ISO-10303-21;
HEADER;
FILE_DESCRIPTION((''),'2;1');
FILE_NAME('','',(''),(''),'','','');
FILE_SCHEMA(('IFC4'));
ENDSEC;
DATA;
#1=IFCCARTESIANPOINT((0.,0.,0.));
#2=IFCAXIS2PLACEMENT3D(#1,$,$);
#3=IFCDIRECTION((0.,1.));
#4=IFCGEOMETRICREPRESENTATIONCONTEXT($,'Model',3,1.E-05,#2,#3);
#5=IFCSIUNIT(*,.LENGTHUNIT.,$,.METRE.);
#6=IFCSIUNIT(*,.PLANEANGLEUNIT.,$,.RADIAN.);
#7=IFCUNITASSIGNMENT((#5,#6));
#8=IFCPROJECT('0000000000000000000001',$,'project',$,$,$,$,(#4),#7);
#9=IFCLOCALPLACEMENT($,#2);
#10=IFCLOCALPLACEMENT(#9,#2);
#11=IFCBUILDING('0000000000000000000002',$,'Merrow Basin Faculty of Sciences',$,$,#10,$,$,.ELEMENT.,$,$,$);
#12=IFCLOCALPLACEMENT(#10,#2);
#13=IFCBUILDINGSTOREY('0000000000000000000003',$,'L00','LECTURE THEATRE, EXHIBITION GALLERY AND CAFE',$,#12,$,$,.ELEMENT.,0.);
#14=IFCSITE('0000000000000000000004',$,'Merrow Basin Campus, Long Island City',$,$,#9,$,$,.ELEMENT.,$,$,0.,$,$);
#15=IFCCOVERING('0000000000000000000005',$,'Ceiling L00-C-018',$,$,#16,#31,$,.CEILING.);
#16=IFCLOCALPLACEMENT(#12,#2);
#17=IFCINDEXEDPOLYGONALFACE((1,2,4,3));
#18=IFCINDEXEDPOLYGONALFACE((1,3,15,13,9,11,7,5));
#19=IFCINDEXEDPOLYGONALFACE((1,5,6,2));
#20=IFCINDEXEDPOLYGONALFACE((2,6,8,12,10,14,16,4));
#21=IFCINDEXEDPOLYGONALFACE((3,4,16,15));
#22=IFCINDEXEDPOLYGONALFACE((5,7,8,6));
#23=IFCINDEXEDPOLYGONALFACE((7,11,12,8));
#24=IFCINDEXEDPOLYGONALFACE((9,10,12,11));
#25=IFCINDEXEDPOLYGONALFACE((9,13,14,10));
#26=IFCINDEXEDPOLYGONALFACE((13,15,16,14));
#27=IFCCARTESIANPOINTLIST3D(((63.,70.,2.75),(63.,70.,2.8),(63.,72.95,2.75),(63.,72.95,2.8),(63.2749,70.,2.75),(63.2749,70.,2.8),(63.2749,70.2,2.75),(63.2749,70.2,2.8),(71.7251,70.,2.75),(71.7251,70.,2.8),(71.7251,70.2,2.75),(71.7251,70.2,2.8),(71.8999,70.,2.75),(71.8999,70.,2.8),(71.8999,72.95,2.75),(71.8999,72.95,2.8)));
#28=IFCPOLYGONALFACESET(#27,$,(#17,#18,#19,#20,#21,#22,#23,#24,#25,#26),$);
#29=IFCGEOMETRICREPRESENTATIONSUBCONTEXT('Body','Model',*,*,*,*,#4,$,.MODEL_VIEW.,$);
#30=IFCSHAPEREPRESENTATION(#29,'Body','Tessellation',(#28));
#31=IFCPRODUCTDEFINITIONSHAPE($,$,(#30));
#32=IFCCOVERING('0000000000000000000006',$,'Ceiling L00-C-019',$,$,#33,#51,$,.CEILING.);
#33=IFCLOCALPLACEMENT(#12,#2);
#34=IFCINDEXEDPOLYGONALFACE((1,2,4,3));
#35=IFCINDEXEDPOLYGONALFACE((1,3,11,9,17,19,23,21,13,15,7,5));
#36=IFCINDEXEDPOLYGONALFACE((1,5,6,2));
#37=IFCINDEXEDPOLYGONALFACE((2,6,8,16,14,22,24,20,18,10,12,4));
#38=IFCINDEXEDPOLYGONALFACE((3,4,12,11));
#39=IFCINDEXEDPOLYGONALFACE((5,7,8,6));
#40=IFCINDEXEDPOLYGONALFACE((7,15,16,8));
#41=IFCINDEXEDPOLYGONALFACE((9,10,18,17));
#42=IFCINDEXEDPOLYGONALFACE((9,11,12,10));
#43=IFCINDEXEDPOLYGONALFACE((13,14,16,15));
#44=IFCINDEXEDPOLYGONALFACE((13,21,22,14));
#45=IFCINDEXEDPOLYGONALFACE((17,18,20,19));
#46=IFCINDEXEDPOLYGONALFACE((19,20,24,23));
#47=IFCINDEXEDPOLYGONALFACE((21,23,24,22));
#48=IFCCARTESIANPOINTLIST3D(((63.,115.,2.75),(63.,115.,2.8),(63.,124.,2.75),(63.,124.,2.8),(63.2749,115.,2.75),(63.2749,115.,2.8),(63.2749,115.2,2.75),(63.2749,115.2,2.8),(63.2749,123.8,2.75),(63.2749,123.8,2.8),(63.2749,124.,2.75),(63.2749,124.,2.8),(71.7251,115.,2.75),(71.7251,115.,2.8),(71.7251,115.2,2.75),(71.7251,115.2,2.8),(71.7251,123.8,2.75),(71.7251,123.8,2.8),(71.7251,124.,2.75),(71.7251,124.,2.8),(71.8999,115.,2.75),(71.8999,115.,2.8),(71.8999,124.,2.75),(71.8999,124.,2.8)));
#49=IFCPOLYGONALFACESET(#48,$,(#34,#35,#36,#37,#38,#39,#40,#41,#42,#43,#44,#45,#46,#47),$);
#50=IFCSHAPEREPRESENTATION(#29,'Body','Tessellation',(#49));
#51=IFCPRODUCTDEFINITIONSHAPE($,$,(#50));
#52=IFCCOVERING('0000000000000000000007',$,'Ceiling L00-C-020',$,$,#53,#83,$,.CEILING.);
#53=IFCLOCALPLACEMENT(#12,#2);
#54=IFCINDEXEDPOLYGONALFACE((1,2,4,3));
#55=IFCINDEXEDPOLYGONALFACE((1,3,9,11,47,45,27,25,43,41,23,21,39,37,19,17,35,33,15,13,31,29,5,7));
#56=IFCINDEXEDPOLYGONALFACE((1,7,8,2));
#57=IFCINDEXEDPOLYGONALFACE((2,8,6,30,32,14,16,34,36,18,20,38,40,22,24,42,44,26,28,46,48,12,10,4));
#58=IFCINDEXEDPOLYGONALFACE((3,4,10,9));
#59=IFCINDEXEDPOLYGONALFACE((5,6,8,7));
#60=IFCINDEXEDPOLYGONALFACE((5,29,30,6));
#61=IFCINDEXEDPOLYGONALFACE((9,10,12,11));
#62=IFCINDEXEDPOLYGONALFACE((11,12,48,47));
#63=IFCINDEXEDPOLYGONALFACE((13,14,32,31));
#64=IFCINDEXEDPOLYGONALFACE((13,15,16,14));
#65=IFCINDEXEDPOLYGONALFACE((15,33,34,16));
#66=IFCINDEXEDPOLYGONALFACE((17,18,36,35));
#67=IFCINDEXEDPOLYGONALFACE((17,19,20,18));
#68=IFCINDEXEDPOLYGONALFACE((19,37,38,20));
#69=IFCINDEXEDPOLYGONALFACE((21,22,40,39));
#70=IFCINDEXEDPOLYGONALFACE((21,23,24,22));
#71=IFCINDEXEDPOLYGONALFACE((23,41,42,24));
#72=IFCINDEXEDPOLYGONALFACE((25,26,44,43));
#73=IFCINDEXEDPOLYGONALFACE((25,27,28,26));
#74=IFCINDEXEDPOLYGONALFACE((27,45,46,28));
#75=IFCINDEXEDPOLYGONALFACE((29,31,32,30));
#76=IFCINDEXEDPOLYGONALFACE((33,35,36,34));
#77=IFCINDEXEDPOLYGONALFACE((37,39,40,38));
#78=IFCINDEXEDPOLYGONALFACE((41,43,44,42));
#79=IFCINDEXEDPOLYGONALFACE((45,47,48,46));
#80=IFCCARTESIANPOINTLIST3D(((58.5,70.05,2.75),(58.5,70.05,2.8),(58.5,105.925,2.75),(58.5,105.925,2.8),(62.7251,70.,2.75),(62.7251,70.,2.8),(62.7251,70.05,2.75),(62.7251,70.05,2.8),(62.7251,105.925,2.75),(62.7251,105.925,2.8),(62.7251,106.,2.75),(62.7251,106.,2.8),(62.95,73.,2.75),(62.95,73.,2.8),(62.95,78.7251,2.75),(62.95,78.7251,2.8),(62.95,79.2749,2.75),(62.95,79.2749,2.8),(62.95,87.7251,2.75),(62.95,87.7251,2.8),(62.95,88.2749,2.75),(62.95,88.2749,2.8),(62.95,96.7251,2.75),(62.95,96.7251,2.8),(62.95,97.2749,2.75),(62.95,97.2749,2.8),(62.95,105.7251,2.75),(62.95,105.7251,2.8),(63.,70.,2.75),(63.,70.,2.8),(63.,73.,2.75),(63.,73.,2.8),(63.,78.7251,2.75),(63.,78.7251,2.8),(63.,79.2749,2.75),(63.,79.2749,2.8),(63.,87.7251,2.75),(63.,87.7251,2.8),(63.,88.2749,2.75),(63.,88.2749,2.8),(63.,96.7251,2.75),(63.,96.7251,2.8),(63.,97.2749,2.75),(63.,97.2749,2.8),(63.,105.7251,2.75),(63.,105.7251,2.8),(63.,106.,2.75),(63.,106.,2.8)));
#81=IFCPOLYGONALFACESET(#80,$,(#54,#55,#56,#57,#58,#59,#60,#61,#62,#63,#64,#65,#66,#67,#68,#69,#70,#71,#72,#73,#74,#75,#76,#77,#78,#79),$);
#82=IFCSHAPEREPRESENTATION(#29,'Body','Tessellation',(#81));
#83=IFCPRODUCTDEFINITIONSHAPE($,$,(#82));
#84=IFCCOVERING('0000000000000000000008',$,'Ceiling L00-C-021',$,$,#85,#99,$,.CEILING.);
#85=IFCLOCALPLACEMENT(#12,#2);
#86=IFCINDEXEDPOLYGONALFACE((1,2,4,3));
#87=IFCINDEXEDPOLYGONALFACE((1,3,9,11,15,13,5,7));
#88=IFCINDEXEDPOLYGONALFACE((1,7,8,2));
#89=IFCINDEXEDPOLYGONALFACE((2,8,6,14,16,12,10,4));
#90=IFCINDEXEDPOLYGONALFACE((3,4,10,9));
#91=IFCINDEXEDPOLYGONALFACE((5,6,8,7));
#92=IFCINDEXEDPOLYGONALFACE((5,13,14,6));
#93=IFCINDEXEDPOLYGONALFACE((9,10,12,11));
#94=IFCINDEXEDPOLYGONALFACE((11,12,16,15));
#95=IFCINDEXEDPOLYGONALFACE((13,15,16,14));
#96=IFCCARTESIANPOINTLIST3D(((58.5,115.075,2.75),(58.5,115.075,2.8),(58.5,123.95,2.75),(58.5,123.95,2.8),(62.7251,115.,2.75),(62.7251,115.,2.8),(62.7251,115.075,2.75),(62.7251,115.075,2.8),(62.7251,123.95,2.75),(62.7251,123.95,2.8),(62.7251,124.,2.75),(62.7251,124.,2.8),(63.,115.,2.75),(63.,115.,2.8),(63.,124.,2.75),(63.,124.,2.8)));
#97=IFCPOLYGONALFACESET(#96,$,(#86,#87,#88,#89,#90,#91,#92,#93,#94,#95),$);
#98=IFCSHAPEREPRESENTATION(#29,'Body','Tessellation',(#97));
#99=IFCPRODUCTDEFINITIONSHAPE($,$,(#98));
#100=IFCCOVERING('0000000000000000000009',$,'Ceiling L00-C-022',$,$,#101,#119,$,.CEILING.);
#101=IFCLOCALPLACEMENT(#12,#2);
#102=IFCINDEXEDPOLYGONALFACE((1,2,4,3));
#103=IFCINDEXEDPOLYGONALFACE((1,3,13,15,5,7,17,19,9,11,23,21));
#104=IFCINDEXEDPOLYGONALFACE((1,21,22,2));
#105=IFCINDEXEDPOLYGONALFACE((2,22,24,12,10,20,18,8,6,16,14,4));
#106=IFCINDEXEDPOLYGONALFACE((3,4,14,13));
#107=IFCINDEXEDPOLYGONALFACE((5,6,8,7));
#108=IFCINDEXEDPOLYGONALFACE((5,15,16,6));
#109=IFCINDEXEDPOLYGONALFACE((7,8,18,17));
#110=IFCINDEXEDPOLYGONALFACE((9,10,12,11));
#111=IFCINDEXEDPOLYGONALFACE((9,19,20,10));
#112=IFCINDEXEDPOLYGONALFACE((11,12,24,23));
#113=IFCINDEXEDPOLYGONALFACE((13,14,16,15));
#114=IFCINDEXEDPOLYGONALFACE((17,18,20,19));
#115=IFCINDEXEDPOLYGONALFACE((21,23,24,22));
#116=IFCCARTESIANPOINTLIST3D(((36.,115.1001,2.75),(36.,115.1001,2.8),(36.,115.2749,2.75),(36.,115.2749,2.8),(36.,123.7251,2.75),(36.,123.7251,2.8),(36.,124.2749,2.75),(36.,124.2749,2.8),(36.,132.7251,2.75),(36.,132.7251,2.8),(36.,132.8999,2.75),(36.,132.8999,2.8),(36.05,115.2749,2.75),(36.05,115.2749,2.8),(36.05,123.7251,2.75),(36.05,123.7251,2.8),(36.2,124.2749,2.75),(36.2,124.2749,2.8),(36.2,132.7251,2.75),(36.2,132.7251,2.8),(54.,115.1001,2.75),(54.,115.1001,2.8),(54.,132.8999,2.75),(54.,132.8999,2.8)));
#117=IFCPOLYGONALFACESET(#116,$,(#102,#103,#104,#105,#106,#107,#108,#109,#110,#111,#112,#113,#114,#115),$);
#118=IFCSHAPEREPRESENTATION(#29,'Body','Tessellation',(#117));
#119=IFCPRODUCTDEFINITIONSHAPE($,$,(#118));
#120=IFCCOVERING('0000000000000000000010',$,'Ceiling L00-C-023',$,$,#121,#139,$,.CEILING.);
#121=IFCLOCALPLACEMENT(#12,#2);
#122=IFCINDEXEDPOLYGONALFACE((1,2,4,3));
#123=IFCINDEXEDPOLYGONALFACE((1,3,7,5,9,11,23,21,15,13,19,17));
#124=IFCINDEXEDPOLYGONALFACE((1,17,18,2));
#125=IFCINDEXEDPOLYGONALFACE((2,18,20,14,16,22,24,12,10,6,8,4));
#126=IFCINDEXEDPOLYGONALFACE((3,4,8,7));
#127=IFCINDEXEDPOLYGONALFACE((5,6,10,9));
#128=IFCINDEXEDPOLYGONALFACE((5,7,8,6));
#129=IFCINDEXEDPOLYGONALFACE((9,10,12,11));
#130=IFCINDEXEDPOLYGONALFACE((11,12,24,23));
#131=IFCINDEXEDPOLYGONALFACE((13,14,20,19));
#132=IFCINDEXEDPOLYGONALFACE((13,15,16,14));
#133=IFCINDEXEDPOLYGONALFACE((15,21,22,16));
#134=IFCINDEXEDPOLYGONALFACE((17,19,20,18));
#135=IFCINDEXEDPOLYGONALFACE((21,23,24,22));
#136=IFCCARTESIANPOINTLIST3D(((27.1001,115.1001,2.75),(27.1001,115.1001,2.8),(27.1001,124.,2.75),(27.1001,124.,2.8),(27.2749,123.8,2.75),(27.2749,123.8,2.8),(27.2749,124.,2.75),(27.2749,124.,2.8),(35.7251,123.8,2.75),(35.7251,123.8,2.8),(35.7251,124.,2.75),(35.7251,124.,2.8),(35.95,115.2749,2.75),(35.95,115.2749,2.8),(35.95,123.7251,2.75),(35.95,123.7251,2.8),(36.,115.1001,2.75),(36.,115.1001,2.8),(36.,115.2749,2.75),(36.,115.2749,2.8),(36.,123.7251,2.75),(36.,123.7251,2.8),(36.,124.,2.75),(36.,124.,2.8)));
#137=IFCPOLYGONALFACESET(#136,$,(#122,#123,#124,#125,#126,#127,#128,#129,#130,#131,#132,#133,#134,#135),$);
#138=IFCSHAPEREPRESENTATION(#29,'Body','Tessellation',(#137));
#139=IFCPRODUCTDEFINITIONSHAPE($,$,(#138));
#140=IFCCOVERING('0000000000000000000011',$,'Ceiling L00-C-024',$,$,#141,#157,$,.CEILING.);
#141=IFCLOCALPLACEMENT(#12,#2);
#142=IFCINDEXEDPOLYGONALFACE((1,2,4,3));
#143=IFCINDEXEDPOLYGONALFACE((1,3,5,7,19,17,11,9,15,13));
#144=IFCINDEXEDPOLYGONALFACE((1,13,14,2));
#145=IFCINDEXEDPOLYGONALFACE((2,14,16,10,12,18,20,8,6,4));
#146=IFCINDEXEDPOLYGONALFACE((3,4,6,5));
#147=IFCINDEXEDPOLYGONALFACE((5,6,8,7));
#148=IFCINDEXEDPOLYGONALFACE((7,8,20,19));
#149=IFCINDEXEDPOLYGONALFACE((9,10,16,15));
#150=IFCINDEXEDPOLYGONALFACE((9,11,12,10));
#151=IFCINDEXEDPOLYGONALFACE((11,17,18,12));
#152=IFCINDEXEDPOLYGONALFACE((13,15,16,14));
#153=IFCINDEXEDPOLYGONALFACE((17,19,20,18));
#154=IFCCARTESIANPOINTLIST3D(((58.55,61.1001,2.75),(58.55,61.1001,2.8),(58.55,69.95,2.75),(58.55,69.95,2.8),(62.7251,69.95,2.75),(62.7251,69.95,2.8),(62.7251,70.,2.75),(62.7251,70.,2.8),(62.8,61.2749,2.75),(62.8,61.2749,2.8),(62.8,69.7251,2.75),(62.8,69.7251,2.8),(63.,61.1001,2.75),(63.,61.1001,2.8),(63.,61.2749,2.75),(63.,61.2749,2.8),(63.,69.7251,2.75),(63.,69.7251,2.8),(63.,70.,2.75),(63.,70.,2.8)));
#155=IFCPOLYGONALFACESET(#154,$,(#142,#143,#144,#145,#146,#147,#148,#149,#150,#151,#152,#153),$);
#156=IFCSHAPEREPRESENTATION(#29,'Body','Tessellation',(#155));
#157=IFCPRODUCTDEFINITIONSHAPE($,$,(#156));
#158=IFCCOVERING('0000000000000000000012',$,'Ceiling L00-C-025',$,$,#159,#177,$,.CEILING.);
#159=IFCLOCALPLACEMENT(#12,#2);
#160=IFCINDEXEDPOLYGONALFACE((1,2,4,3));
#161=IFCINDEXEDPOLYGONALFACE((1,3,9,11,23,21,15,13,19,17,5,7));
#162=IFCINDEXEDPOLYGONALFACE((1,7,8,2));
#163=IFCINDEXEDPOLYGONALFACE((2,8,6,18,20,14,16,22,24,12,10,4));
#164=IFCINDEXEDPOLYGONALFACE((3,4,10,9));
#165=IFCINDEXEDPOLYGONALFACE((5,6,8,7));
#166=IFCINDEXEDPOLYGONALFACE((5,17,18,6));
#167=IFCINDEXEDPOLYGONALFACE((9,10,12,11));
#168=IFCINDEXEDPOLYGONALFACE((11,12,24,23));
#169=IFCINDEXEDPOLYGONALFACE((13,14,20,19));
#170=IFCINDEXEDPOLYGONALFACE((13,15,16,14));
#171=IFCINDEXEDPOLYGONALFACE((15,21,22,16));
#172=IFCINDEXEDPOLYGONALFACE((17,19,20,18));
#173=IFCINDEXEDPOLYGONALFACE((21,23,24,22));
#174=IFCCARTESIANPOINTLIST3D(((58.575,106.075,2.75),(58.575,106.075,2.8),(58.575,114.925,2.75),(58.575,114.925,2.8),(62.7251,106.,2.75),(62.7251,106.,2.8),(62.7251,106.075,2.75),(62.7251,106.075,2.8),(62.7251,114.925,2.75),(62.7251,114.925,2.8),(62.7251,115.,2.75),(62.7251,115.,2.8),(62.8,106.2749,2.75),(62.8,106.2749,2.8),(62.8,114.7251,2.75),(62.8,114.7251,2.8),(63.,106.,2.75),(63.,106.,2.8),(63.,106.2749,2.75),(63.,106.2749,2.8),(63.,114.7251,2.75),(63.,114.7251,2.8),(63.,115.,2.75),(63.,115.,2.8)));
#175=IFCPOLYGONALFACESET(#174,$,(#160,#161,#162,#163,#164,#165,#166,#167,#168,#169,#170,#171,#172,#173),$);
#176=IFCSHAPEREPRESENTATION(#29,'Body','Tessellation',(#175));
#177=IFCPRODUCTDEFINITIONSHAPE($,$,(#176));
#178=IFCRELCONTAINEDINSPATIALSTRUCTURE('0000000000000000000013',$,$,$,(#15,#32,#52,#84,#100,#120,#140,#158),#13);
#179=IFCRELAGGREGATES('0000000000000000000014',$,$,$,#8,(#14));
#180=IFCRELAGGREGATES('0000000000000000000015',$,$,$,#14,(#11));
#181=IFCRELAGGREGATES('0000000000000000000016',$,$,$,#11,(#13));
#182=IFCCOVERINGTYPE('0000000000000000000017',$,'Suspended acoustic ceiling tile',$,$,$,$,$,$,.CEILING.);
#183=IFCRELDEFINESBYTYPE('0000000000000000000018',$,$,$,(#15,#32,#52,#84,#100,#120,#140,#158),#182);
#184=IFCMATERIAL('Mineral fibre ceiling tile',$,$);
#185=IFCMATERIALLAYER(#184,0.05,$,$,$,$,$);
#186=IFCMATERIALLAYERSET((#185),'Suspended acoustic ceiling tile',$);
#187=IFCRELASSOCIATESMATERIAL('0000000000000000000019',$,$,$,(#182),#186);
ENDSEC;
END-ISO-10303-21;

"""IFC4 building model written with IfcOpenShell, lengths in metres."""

from ifc_helpers import new_model, si_unit, direction, frame, origin, place, context, subcontext, project, spatial, polyline, outline, extrude, material, layer, layer_set, type_object, element, save


model = new_model("IFC4")

# Units and contexts
model_context = context("Model", 3, precision=1e-05, world=origin(), true_north=direction((0.0, 1.0)))
body_context = subcontext(model_context, "Body", "Model", "MODEL_VIEW")
ifc_project = project(units=[si_unit("LENGTHUNIT", "METRE"), si_unit("PLANEANGLEUNIT", "RADIAN")], contexts=[model_context])

# Site, building, storey
site_placement = place(None, origin())
site = spatial("IfcSite", under=ifc_project, at=site_placement, Name="Merrow Basin Campus, Long Island City", CompositionType="ELEMENT", RefElevation=0.0)
building_placement = place(site_placement, origin())
building = spatial("IfcBuilding", under=site, at=building_placement, Name="Merrow Basin Faculty of Sciences", CompositionType="ELEMENT")
storey_placement = place(building_placement, origin())
storey = spatial("IfcBuildingStorey", under=building, at=storey_placement, Name="L00", Description="LECTURE THEATRE, EXHIBITION GALLERY AND CAFE", CompositionType="ELEMENT", Elevation=0.0)

# Coverings
ifc_material_1 = material(Name="Mineral fibre ceiling tile")
ifc_layer_1 = layer(ifc_material_1, 0.05)
ifc_layer_set_1 = layer_set([ifc_layer_1], Name="Suspended acoustic ceiling tile")
covering_type = type_object("IfcCoveringType", Name="Suspended acoustic ceiling tile", PredefinedType="CEILING", material=ifc_layer_set_1)
covering_1_placement = place(storey_placement, frame((0.0, 0.0, 2.75)))
element("IfcCovering", 1, at=covering_1_placement, inside=storey, type_object=covering_type, Name="Ceiling L00-C-018", PredefinedType="CEILING", context=body_context, shape_type="SweptSolid", body=[
    extrude(outline(polyline([(63.0, 72.95), (71.8999, 72.95), (71.8999, 70.0), (71.7251, 70.0), (71.7251, 70.2), (63.2749, 70.2), (63.2749, 70.0), (63.0, 70.0), (63.0, 72.95)])), origin(), (0.0, 0.0, 1.0), 0.05),
])
covering_2_placement = place(storey_placement, frame((0.0, 0.0, 2.75)))
element("IfcCovering", 2, at=covering_2_placement, inside=storey, type_object=covering_type, Name="Ceiling L00-C-019", PredefinedType="CEILING", context=body_context, shape_type="SweptSolid", body=[
    extrude(outline(polyline([(63.0, 124.0), (63.2749, 124.0), (63.2749, 123.8), (71.7251, 123.8), (71.7251, 124.0), (71.8999, 124.0), (71.8999, 115.0), (71.7251, 115.0), (71.7251, 115.2), (63.2749, 115.2), (63.2749, 115.0), (63.0, 115.0), (63.0, 124.0)])), origin(), (0.0, 0.0, 1.0), 0.05),
])
covering_3_placement = place(storey_placement, frame((0.0, 0.0, 2.75)))
element("IfcCovering", 3, at=covering_3_placement, inside=storey, type_object=covering_type, Name="Ceiling L00-C-020", PredefinedType="CEILING", context=body_context, shape_type="SweptSolid", body=[
    extrude(outline(polyline([(63.0, 106.0), (63.0, 105.7251), (62.95, 105.7251), (62.95, 97.2749), (63.0, 97.2749), (63.0, 96.7251), (62.95, 96.7251), (62.95, 88.2749), (63.0, 88.2749), (63.0, 87.7251), (62.95, 87.7251), (62.95, 79.2749), (63.0, 79.2749), (63.0, 78.7251), (62.95, 78.7251), (62.95, 73.0), (63.0, 73.0), (63.0, 70.0), (62.7251, 70.0), (62.7251, 70.05), (58.5, 70.05), (58.5, 105.925), (62.7251, 105.925), (62.7251, 106.0), (63.0, 106.0)])), origin(), (0.0, 0.0, 1.0), 0.05),
])
covering_4_placement = place(storey_placement, frame((0.0, 0.0, 2.75)))
element("IfcCovering", 4, at=covering_4_placement, inside=storey, type_object=covering_type, Name="Ceiling L00-C-021", PredefinedType="CEILING", context=body_context, shape_type="SweptSolid", body=[
    extrude(outline(polyline([(63.0, 124.0), (63.0, 115.0), (62.7251, 115.0), (62.7251, 115.075), (58.5, 115.075), (58.5, 123.95), (62.7251, 123.95), (62.7251, 124.0), (63.0, 124.0)])), origin(), (0.0, 0.0, 1.0), 0.05),
])
covering_5_placement = place(storey_placement, frame((0.0, 0.0, 2.75)))
element("IfcCovering", 5, at=covering_5_placement, inside=storey, type_object=covering_type, Name="Ceiling L00-C-022", PredefinedType="CEILING", context=body_context, shape_type="SweptSolid", body=[
    extrude(outline(polyline([(36.0, 115.1001), (36.0, 115.2749), (36.05, 115.2749), (36.05, 123.7251), (36.0, 123.7251), (36.0, 124.2749), (36.2, 124.2749), (36.2, 132.7251), (36.0, 132.7251), (36.0, 132.8999), (54.0, 132.8999), (54.0, 115.1001), (36.0, 115.1001)])), origin(), (0.0, 0.0, 1.0), 0.05),
])
covering_6_placement = place(storey_placement, frame((0.0, 0.0, 2.75)))
element("IfcCovering", 6, at=covering_6_placement, inside=storey, type_object=covering_type, Name="Ceiling L00-C-023", PredefinedType="CEILING", context=body_context, shape_type="SweptSolid", body=[
    extrude(outline(polyline([(36.0, 123.7251), (35.95, 123.7251), (35.95, 115.2749), (36.0, 115.2749), (36.0, 115.1001), (27.1001, 115.1001), (27.1001, 124.0), (27.2749, 124.0), (27.2749, 123.8), (35.7251, 123.8), (35.7251, 124.0), (36.0, 124.0), (36.0, 123.7251)])), origin(), (0.0, 0.0, 1.0), 0.05),
])
covering_7_placement = place(storey_placement, frame((0.0, 0.0, 2.75)))
element("IfcCovering", 7, at=covering_7_placement, inside=storey, type_object=covering_type, Name="Ceiling L00-C-024", PredefinedType="CEILING", context=body_context, shape_type="SweptSolid", body=[
    extrude(outline(polyline([(63.0, 70.0), (63.0, 69.7251), (62.8, 69.7251), (62.8, 61.2749), (63.0, 61.2749), (63.0, 61.1001), (58.55, 61.1001), (58.55, 69.95), (62.7251, 69.95), (62.7251, 70.0), (63.0, 70.0)])), origin(), (0.0, 0.0, 1.0), 0.05),
])
covering_8_placement = place(storey_placement, frame((0.0, 0.0, 2.75)))
element("IfcCovering", 8, at=covering_8_placement, inside=storey, type_object=covering_type, Name="Ceiling L00-C-025", PredefinedType="CEILING", context=body_context, shape_type="SweptSolid", body=[
    extrude(outline(polyline([(63.0, 115.0), (63.0, 114.7251), (62.8, 114.7251), (62.8, 106.2749), (63.0, 106.2749), (63.0, 106.0), (62.7251, 106.0), (62.7251, 106.075), (58.575, 106.075), (58.575, 114.925), (62.7251, 114.925), (62.7251, 115.0), (63.0, 115.0)])), origin(), (0.0, 0.0, 1.0), 0.05),
])

save(model, "model.ifc")
